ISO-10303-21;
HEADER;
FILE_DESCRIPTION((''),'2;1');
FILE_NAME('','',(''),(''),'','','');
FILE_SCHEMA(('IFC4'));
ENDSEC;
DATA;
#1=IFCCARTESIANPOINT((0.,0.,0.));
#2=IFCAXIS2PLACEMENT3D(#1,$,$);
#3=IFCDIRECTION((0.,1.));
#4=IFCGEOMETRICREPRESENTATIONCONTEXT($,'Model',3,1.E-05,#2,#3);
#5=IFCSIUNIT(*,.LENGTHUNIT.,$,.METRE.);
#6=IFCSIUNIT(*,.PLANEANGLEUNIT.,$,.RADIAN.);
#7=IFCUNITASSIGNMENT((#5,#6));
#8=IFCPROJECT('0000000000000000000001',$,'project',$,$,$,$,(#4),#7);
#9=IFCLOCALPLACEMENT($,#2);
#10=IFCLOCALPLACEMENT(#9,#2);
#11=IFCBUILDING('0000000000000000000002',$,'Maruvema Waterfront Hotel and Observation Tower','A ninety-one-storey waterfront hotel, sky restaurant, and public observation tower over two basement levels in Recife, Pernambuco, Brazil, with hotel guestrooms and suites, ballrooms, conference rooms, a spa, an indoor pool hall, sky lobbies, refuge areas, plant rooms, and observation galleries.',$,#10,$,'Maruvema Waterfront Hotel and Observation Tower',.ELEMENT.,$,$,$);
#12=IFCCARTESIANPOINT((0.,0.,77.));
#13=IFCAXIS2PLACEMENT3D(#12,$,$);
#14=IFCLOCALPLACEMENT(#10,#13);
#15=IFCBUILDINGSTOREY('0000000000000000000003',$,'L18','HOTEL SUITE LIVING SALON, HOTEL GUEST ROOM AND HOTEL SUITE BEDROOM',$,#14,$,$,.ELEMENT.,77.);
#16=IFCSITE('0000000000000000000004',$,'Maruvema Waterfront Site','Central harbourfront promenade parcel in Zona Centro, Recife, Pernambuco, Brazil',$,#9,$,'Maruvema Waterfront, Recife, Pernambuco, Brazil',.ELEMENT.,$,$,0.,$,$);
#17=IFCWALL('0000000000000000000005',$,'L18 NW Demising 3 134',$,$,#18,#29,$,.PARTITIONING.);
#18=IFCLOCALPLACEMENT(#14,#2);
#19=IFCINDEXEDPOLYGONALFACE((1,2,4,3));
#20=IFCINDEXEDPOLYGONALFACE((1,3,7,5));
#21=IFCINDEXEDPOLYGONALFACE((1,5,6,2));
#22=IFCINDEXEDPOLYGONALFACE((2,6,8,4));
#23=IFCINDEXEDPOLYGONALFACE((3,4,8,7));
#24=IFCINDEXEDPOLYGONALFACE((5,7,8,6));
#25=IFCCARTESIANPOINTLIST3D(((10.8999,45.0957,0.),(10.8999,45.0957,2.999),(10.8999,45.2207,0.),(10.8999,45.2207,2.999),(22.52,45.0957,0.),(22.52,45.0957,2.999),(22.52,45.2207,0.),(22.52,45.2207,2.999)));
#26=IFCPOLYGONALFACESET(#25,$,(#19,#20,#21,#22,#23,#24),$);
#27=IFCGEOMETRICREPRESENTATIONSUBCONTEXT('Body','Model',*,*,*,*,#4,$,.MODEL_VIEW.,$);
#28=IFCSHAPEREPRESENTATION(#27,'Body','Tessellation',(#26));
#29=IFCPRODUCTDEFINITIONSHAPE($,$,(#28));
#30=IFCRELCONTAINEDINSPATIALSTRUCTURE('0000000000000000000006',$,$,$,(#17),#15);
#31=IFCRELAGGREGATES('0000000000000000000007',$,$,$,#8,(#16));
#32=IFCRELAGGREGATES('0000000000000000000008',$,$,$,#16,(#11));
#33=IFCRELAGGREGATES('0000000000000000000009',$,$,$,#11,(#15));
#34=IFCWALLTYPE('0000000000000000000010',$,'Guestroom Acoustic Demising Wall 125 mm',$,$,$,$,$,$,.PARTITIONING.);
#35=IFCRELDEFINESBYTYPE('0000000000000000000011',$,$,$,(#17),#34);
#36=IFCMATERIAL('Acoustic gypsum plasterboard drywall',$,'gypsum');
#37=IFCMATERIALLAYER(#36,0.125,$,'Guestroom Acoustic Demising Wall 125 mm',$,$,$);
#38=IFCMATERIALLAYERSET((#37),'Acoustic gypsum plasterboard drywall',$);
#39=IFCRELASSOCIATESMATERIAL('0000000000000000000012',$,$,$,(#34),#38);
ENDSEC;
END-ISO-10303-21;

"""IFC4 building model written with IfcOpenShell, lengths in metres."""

from ifc_helpers import new_model, si_unit, direction, frame, frame_2d, origin, place, context, subcontext, project, spatial, rectangle, extrude, material, layer, layer_set, type_object, element, save


model = new_model("IFC4")

# Units and contexts
model_context = context("Model", 3, precision=1e-05, world=origin(), true_north=direction((0.0, 1.0)))
body_context = subcontext(model_context, "Body", "Model", "MODEL_VIEW")
ifc_project = project(units=[si_unit("LENGTHUNIT", "METRE"), si_unit("PLANEANGLEUNIT", "RADIAN")], contexts=[model_context])

# Site, building, storey
site_placement = place(None, origin())
site = spatial("IfcSite", under=ifc_project, at=site_placement, Name="Maruvema Waterfront Site", Description="Central harbourfront promenade parcel in Zona Centro, Recife, Pernambuco, Brazil", LongName="Maruvema Waterfront, Recife, Pernambuco, Brazil", CompositionType="ELEMENT", RefElevation=0.0)
building_placement = place(site_placement, origin())
building = spatial("IfcBuilding", under=site, at=building_placement, Name="Maruvema Waterfront Hotel and Observation Tower", Description="A ninety-one-storey waterfront hotel, sky restaurant, and public observation tower over two basement levels in Recife, Pernambuco, Brazil, with hotel guestrooms and suites, ballrooms, conference rooms, a spa, an indoor pool hall, sky lobbies, refuge areas, plant rooms, and observation galleries.", LongName="Maruvema Waterfront Hotel and Observation Tower", CompositionType="ELEMENT")
storey_placement = place(building_placement, frame((0.0, 0.0, 77.0)))
storey = spatial("IfcBuildingStorey", under=building, at=storey_placement, Name="L18", Description="HOTEL SUITE LIVING SALON, HOTEL GUEST ROOM AND HOTEL SUITE BEDROOM", CompositionType="ELEMENT", Elevation=77.0)

# Wall
ifc_material_1 = material(Name="Acoustic gypsum plasterboard drywall", Category="gypsum")
ifc_layer_1 = layer(ifc_material_1, 0.125, Name="Guestroom Acoustic Demising Wall 125 mm")
ifc_layer_set_1 = layer_set([ifc_layer_1], Name="Acoustic gypsum plasterboard drywall")
wall_type_1 = type_object("IfcWallType", Name="Guestroom Acoustic Demising Wall 125 mm", PredefinedType="PARTITIONING", material=ifc_layer_set_1)
wall_1_placement = place(storey_placement, frame((10.8999, 45.1582, 0.0), z_axis=(0.0, 0.0, 1.0), x_axis=(1.0, 0.0, 0.0)))
element("IfcWall", 1, at=wall_1_placement, inside=storey, type_object=wall_type_1, Name="L18 NW Demising 3 134", PredefinedType="PARTITIONING", context=body_context, shape_type="SweptSolid", body=[
    extrude(rectangle(XDim=11.6201, YDim=0.125, at=frame_2d((5.8101, 0.0))), origin(), (0.0, 0.0, 1.0), 2.999),
])

save(model, "model.ifc")
